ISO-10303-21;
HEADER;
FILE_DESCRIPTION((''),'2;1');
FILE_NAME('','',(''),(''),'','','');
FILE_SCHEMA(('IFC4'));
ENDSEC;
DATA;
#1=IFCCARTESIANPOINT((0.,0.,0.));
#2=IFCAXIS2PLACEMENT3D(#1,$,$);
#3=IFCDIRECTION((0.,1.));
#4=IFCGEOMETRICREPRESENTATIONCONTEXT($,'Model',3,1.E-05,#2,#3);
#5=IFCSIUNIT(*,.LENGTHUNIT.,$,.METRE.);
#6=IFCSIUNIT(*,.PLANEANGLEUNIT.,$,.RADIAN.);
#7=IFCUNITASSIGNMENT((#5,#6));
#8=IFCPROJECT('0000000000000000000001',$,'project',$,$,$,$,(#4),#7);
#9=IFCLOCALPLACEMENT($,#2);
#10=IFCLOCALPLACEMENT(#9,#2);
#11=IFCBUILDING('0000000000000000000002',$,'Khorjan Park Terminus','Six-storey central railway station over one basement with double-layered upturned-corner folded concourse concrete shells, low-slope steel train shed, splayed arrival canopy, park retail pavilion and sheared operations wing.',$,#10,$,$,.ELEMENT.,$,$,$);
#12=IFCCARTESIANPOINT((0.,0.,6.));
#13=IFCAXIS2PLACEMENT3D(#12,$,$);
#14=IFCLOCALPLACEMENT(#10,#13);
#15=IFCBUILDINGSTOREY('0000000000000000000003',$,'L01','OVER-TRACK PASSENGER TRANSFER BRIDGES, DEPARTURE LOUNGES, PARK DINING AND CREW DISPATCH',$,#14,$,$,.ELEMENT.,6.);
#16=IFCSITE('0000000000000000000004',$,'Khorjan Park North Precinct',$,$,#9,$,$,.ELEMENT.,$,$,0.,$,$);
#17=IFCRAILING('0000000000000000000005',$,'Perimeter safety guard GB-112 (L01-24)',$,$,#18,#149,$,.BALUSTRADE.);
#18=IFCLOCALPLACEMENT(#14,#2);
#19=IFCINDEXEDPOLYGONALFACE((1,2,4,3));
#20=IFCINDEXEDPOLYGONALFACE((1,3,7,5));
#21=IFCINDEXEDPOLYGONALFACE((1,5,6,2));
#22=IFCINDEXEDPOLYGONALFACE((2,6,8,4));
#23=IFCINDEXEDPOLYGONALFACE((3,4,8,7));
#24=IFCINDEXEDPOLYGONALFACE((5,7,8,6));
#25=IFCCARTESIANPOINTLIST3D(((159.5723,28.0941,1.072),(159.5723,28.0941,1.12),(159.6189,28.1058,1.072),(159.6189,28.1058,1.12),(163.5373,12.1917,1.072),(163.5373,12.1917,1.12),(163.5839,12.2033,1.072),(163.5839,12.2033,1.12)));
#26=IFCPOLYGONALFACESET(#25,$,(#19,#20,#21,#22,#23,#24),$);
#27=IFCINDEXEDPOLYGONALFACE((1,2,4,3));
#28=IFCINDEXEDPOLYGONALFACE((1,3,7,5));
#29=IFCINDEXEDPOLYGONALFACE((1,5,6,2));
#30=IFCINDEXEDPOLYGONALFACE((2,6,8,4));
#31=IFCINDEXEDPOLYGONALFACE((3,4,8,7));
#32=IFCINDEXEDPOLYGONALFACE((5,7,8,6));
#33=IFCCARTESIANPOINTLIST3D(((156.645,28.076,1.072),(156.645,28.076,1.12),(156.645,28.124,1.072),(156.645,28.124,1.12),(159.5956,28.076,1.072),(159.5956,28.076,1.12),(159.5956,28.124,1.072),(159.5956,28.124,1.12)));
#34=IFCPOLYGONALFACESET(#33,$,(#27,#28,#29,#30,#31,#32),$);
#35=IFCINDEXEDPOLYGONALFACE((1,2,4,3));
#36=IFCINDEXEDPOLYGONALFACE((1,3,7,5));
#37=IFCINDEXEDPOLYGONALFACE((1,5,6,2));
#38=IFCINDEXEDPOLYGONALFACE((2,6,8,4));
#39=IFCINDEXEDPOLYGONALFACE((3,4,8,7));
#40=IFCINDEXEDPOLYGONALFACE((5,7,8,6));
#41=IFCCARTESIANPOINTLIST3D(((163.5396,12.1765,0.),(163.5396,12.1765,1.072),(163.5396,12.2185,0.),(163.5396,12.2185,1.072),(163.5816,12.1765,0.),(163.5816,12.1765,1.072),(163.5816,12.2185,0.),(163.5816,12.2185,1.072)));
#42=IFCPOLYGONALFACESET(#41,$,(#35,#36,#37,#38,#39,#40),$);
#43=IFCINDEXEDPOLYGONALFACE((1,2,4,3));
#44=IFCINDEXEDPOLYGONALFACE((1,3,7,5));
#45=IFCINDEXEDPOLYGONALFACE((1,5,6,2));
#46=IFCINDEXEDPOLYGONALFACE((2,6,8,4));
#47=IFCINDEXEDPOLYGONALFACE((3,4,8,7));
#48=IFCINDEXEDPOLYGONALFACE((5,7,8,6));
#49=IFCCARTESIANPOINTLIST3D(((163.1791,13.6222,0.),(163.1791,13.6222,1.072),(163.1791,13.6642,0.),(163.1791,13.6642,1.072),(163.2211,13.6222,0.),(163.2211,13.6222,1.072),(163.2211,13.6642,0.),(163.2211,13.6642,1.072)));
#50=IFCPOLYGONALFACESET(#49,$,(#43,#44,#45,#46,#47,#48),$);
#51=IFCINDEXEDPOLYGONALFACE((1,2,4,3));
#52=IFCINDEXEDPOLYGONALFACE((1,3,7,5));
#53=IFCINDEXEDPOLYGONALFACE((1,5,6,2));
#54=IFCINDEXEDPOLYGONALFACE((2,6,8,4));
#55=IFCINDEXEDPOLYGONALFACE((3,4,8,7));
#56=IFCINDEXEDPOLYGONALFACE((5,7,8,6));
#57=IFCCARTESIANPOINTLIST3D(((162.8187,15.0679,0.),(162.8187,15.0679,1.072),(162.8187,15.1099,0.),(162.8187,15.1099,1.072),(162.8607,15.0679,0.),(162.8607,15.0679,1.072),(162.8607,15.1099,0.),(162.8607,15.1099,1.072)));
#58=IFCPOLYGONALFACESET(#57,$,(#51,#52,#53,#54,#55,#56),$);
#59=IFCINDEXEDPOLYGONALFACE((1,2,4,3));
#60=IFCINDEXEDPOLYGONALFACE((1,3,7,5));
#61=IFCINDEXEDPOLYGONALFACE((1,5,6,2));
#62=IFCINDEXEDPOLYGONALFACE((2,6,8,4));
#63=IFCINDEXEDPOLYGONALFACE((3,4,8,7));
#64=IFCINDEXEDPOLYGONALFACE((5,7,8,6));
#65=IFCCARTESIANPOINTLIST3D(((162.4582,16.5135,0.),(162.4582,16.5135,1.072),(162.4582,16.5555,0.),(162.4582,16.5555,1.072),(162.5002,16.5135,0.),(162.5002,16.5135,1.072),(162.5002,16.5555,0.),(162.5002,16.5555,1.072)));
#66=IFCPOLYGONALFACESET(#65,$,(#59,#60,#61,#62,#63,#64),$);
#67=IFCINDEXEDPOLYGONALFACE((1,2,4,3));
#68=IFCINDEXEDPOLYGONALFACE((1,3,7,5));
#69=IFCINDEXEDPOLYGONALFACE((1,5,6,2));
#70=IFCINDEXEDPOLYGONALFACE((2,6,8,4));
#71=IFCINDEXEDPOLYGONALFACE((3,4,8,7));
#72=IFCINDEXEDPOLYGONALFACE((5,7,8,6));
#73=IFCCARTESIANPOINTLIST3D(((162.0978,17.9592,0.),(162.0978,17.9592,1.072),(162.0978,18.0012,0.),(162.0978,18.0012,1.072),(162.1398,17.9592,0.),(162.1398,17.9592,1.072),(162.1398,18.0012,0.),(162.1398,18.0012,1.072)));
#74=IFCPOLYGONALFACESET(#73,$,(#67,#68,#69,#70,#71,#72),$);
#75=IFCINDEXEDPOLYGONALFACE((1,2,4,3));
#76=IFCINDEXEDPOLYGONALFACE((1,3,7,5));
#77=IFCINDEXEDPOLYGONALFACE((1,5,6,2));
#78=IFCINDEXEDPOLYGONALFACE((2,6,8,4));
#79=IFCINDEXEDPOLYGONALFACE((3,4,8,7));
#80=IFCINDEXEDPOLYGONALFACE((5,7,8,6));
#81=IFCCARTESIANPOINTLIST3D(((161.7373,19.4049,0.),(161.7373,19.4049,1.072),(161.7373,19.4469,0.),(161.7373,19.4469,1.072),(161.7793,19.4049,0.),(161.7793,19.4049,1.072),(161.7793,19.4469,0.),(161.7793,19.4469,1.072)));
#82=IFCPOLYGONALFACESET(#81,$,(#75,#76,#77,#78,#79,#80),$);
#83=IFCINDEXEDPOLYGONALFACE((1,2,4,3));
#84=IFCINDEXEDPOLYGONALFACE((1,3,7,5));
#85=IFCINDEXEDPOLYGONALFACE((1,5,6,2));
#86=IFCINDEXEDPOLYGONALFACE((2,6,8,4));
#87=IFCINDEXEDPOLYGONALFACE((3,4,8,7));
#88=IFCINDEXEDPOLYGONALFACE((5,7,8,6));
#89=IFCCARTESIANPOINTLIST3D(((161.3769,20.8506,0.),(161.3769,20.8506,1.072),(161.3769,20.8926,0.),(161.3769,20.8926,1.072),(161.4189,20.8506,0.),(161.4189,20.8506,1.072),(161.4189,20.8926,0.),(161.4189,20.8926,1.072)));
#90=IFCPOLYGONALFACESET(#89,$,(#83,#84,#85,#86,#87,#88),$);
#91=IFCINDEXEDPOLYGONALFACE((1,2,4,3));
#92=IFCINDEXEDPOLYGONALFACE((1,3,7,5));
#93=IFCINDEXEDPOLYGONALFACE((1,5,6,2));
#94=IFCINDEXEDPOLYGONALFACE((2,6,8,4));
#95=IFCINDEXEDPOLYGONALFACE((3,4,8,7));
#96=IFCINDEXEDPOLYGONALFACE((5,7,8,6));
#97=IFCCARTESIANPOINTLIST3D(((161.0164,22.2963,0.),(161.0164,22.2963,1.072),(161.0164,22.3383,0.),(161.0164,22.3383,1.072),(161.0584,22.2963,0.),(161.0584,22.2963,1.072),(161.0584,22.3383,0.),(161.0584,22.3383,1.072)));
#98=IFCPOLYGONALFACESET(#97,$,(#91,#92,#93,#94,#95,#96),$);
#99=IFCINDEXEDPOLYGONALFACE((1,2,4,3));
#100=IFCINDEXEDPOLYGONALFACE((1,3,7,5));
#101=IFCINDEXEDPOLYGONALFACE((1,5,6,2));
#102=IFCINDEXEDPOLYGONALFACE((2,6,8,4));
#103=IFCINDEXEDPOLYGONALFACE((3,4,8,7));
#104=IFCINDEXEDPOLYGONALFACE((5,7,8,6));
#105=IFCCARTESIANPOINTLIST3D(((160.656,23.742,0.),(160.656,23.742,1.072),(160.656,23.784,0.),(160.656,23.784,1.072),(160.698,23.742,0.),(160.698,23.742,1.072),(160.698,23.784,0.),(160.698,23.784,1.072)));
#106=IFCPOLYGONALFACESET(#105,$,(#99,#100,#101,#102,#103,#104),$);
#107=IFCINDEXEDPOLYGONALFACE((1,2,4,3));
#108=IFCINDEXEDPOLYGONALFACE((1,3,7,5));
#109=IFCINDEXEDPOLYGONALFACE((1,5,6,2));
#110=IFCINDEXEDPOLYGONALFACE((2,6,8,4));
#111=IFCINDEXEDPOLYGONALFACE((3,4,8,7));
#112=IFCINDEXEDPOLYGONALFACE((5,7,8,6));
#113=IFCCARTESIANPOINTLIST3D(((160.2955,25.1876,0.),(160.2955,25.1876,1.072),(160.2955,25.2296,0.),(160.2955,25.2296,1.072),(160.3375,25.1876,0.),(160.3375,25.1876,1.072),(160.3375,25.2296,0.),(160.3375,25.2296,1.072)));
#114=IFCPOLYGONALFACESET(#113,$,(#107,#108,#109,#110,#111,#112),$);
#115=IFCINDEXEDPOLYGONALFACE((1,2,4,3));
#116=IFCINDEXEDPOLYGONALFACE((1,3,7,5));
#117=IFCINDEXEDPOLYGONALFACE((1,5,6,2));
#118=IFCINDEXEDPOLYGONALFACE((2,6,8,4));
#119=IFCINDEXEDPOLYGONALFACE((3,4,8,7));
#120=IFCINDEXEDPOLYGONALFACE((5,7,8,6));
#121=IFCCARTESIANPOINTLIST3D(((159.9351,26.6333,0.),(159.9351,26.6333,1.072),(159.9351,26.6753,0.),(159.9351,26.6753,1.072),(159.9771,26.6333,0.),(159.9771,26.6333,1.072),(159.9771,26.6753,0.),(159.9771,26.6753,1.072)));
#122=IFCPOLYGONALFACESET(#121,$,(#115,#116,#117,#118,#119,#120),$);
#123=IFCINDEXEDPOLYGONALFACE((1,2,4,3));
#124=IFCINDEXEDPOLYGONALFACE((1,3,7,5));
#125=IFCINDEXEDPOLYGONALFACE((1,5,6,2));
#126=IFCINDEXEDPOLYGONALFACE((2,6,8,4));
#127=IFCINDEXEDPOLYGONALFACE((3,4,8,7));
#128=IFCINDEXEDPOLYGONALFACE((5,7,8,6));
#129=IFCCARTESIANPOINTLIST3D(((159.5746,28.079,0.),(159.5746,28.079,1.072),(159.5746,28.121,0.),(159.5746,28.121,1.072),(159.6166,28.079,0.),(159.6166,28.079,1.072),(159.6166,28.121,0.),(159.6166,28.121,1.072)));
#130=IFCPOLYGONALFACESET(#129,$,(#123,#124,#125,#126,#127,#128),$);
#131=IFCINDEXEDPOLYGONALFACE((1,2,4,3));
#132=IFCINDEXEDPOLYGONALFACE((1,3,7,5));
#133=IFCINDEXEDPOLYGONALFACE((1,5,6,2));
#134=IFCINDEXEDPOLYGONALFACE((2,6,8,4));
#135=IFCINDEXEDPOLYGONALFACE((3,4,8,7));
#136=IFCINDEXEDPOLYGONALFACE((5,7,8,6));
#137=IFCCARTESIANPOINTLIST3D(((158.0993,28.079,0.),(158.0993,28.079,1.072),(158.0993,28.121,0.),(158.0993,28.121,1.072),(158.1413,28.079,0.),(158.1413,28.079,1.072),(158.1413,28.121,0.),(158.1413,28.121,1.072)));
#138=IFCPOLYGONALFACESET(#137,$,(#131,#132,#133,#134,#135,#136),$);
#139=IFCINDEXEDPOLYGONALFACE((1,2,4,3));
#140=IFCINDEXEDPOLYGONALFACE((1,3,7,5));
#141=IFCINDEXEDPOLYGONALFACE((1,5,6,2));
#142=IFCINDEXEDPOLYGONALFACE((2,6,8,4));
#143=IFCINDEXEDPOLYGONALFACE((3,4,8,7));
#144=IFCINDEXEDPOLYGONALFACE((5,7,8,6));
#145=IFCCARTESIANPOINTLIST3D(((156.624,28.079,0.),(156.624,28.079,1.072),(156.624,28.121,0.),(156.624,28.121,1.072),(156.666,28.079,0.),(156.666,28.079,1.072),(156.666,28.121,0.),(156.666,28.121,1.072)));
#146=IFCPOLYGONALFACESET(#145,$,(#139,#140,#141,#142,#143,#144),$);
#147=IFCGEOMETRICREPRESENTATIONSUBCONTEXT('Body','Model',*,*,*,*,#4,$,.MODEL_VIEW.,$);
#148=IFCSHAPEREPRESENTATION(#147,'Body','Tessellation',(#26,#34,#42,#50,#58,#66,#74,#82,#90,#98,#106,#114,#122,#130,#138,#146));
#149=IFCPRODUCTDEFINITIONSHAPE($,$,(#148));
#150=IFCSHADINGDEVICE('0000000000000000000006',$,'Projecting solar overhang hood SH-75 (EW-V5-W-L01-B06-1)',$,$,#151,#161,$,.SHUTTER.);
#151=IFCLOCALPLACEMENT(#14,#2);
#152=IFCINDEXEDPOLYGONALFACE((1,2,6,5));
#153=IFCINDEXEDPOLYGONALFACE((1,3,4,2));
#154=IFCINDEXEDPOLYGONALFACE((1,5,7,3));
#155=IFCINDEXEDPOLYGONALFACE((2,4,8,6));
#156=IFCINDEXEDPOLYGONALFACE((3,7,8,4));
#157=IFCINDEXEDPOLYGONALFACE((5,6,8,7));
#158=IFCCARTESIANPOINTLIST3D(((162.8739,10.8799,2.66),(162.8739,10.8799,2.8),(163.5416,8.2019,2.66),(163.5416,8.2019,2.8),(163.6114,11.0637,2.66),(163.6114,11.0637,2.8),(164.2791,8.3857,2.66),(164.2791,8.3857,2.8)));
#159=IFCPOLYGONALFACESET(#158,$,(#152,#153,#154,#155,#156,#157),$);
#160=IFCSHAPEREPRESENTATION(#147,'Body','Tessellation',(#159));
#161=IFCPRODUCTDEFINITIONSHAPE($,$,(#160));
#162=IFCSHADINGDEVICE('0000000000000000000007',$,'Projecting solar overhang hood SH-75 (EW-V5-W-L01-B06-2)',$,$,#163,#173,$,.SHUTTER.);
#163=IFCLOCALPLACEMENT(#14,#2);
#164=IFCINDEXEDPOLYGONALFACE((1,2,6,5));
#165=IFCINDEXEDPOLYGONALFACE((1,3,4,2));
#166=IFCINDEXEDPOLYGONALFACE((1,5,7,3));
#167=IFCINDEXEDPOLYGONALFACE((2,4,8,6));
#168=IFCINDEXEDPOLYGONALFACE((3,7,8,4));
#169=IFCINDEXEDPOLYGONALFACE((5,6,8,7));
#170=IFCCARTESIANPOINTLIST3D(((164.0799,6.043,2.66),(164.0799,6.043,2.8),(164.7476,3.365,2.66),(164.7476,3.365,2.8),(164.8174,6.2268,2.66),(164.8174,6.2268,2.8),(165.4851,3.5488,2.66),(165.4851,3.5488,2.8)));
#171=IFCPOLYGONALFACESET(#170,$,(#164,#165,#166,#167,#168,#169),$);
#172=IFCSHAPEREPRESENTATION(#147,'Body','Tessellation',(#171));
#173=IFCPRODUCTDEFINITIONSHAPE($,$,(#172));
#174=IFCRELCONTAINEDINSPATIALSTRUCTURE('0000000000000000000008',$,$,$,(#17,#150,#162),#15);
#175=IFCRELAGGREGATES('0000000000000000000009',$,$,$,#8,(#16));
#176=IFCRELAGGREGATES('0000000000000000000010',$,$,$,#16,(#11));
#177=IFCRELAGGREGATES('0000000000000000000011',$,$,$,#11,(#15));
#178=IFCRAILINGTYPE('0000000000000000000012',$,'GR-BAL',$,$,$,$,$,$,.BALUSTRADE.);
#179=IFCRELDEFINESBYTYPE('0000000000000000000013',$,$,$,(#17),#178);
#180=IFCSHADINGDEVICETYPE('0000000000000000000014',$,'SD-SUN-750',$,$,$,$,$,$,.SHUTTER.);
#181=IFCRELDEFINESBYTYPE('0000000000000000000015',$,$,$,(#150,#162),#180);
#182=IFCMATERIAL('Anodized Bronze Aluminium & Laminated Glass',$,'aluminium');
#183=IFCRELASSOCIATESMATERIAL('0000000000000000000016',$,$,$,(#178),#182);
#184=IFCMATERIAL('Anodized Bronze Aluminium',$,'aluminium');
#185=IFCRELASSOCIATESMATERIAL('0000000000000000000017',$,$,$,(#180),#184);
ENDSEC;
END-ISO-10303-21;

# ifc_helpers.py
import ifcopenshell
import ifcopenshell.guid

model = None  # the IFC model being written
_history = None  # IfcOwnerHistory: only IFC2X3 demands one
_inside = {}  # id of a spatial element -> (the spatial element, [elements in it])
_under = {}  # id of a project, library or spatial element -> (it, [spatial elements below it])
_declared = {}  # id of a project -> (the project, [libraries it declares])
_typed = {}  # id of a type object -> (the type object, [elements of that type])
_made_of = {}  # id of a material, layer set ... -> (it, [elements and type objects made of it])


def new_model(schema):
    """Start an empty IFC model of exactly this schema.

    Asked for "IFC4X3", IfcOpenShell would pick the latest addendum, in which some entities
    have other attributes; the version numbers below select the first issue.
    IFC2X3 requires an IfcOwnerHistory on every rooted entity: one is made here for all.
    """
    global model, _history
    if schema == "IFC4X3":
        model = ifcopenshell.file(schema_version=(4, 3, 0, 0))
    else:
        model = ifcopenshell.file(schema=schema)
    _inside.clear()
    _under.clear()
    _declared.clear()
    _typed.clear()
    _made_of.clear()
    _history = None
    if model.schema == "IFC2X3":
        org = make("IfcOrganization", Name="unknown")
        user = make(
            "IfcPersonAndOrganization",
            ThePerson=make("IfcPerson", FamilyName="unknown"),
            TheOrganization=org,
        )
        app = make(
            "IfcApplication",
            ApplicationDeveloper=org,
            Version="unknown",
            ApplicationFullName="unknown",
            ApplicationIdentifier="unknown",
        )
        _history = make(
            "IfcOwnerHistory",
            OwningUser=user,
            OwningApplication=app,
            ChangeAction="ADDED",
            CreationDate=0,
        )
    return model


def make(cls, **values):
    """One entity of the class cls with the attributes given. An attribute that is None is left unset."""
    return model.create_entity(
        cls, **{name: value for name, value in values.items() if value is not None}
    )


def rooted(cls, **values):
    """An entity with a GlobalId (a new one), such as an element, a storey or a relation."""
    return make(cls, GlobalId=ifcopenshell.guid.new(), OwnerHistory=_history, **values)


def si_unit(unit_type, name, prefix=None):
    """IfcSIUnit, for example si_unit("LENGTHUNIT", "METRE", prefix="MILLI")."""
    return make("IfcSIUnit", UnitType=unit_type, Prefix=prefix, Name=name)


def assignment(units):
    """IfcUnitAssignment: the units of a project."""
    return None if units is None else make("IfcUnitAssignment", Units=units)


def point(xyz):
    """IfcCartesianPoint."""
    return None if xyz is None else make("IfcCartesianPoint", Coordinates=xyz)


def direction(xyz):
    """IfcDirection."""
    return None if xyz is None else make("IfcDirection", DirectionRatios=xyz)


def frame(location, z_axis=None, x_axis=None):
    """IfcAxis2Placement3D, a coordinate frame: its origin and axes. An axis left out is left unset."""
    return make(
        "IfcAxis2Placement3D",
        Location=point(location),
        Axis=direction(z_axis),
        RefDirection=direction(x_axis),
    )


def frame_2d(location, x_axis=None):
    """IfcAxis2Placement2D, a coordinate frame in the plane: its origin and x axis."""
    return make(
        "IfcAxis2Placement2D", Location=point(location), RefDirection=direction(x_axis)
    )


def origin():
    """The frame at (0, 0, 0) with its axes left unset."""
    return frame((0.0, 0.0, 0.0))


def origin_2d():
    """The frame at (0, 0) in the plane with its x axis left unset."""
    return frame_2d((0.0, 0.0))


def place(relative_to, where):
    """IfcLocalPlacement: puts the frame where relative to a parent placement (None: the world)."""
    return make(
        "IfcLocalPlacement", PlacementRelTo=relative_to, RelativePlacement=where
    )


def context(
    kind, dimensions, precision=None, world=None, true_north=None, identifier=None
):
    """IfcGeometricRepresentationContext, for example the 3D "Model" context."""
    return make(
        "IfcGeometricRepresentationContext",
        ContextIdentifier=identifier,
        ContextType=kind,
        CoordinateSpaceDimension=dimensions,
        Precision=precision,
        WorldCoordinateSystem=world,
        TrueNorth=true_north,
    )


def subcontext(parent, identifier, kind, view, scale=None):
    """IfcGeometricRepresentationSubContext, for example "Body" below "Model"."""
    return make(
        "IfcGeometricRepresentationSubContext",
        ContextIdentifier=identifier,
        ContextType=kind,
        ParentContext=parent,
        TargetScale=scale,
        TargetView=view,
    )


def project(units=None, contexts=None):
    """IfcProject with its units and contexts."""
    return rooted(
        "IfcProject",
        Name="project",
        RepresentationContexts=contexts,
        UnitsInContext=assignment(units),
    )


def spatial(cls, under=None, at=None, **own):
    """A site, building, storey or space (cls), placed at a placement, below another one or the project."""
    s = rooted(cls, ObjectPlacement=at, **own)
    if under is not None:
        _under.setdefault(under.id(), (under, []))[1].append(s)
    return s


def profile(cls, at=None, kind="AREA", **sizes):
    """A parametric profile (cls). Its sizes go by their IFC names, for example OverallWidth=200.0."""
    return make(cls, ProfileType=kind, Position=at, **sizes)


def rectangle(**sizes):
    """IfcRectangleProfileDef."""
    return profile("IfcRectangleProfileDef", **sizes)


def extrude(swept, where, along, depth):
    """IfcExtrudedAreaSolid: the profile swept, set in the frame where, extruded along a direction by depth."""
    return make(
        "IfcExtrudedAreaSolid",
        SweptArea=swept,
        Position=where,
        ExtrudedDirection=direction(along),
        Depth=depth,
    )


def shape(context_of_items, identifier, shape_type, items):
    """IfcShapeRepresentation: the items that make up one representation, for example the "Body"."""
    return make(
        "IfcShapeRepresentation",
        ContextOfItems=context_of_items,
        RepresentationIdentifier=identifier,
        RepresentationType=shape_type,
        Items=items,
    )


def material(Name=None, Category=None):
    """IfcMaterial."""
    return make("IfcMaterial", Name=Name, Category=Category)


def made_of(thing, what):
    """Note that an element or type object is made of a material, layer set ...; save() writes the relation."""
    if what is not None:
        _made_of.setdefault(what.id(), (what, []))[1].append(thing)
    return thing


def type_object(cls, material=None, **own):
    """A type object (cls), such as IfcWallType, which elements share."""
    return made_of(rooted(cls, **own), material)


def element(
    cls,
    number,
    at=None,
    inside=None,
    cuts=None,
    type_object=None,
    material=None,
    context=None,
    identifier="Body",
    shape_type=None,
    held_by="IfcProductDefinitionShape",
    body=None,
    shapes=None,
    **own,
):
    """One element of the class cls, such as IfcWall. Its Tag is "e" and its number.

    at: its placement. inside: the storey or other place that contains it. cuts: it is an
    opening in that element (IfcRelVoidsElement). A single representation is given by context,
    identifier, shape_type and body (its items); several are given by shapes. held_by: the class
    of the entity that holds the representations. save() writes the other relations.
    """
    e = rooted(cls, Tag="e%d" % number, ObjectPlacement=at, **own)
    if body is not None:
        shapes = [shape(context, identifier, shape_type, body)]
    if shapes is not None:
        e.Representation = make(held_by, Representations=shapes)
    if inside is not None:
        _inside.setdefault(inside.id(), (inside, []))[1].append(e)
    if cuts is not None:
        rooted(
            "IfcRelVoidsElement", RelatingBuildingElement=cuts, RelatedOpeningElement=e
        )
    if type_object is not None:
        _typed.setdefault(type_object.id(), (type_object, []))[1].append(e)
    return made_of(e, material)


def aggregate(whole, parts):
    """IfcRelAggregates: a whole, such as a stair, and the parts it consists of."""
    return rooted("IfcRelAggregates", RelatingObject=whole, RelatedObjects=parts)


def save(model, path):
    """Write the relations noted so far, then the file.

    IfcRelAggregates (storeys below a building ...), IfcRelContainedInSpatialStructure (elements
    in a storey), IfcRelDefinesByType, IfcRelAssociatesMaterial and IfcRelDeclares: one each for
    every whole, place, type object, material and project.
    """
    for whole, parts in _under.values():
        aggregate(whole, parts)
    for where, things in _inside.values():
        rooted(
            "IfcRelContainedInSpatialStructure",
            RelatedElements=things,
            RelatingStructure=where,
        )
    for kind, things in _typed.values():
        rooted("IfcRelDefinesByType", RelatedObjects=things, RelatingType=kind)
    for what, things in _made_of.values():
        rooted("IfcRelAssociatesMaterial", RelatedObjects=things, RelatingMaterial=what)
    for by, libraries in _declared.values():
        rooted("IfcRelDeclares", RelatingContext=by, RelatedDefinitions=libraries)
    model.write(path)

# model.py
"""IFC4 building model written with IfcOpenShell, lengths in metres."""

from ifc_helpers import new_model, si_unit, direction, frame, origin, origin_2d, place, context, subcontext, project, spatial, rectangle, extrude, material, type_object, element, save


model = new_model("IFC4")

# Units and contexts
model_context = context("Model", 3, precision=1e-05, world=origin(), true_north=direction((0.0, 1.0)))
body_context = subcontext(model_context, "Body", "Model", "MODEL_VIEW")
ifc_project = project(units=[si_unit("LENGTHUNIT", "METRE"), si_unit("PLANEANGLEUNIT", "RADIAN")], contexts=[model_context])

# Site, building, storey
site_placement = place(None, origin())
site = spatial("IfcSite", under=ifc_project, at=site_placement, Name="Khorjan Park North Precinct", CompositionType="ELEMENT", RefElevation=0.0)
building_placement = place(site_placement, origin())
building = spatial("IfcBuilding", under=site, at=building_placement, Name="Khorjan Park Terminus", Description="Six-storey central railway station over one basement with double-layered upturned-corner folded concourse concrete shells, low-slope steel train shed, splayed arrival canopy, park retail pavilion and sheared operations wing.", CompositionType="ELEMENT")
storey_placement = place(building_placement, frame((0.0, 0.0, 6.0)))
storey = spatial("IfcBuildingStorey", under=building, at=storey_placement, Name="L01", Description="OVER-TRACK PASSENGER TRANSFER BRIDGES, DEPARTURE LOUNGES, PARK DINING AND CREW DISPATCH", CompositionType="ELEMENT", Elevation=6.0)

# Shared definitions
ifc_material_1 = material(Name="Anodized Bronze Aluminium", Category="aluminium")

# Railing
ifc_material_2 = material(Name="Anodized Bronze Aluminium & Laminated Glass", Category="aluminium")
railing_type = type_object("IfcRailingType", Name="GR-BAL", PredefinedType="BALUSTRADE", material=ifc_material_2)
railing_placement = place(storey_placement, frame((163.5606, 12.1975, 0.0)))
element("IfcRailing", 1, at=railing_placement, inside=storey, type_object=railing_type, Name="Perimeter safety guard GB-112 (L01-24)", PredefinedType="BALUSTRADE", context=body_context, shape_type="SweptSolid", body=[
    extrude(rectangle(XDim=0.048, YDim=0.048, at=origin_2d()), frame((0.0, 0.0, 1.096), z_axis=(-0.241925, 0.970295, 0.0), x_axis=(-0.970295, -0.241925, 0.0)), (0.0, 0.0, 1.0), 16.3893),
    extrude(rectangle(XDim=0.048, YDim=0.048, at=origin_2d()), frame((-3.965, 15.9025, 1.096), z_axis=(-1.0, 0.0, 0.0), x_axis=(0.0, -1.0, 0.0)), (0.0, 0.0, 1.0), 2.9506),
    extrude(rectangle(XDim=0.042, YDim=0.042, at=origin_2d()), origin(), (0.0, 0.0, 1.0), 1.072),
    extrude(rectangle(XDim=0.042, YDim=0.042, at=origin_2d()), frame((-0.3605, 1.4457, 0.0)), (0.0, 0.0, 1.0), 1.072),
    extrude(rectangle(XDim=0.042, YDim=0.042, at=origin_2d()), frame((-0.7209, 2.8914, 0.0)), (0.0, 0.0, 1.0), 1.072),
    extrude(rectangle(XDim=0.042, YDim=0.042, at=origin_2d()), frame((-1.0814, 4.337, 0.0)), (0.0, 0.0, 1.0), 1.072),
    extrude(rectangle(XDim=0.042, YDim=0.042, at=origin_2d()), frame((-1.4418, 5.7827, 0.0)), (0.0, 0.0, 1.0), 1.072),
    extrude(rectangle(XDim=0.042, YDim=0.042, at=origin_2d()), frame((-1.8023, 7.2284, 0.0)), (0.0, 0.0, 1.0), 1.072),
    extrude(rectangle(XDim=0.042, YDim=0.042, at=origin_2d()), frame((-2.1627, 8.6741, 0.0)), (0.0, 0.0, 1.0), 1.072),
    extrude(rectangle(XDim=0.042, YDim=0.042, at=origin_2d()), frame((-2.5232, 10.1198, 0.0)), (0.0, 0.0, 1.0), 1.072),
    extrude(rectangle(XDim=0.042, YDim=0.042, at=origin_2d()), frame((-2.8836, 11.5655, 0.0)), (0.0, 0.0, 1.0), 1.072),
    extrude(rectangle(XDim=0.042, YDim=0.042, at=origin_2d()), frame((-3.2441, 13.0111, 0.0)), (0.0, 0.0, 1.0), 1.072),
    extrude(rectangle(XDim=0.042, YDim=0.042, at=origin_2d()), frame((-3.6045, 14.4568, 0.0)), (0.0, 0.0, 1.0), 1.072),
    extrude(rectangle(XDim=0.042, YDim=0.042, at=origin_2d()), frame((-3.965, 15.9025, 0.0)), (0.0, 0.0, 1.0), 1.072),
    extrude(rectangle(XDim=0.042, YDim=0.042, at=origin_2d()), frame((-5.4403, 15.9025, 0.0)), (0.0, 0.0, 1.0), 1.072),
    extrude(rectangle(XDim=0.042, YDim=0.042, at=origin_2d()), frame((-6.9156, 15.9025, 0.0)), (0.0, 0.0, 1.0), 1.072),
])

# Shading devices
shading_device_type = type_object("IfcShadingDeviceType", Name="SD-SUN-750", PredefinedType="SHUTTER", material=ifc_material_1)
for number, where, z_axis, x_axis, name in (
    (2, (163.5765, 9.6328, 2.66), (0.0, 0.0, 1.0), (0.241913, -0.970298, 0.0), "Projecting solar overhang hood SH-75 (EW-V5-W-L01-B06-1)"),
    (3, (164.7825, 4.7959, 2.66), (0.0, 0.0, 1.0), (0.241913, -0.970298, 0.0), "Projecting solar overhang hood SH-75 (EW-V5-W-L01-B06-2)"),
):
    element("IfcShadingDevice", number, at=place(storey_placement, frame(where, z_axis=z_axis, x_axis=x_axis)), inside=storey, type_object=shading_device_type, Name=name, PredefinedType="SHUTTER", context=body_context, shape_type="SweptSolid", body=[
        extrude(rectangle(XDim=2.76, YDim=0.76, at=origin_2d()), origin(), (0.0, 0.0, 1.0), 0.14),
    ])

save(model, "model.ifc")
